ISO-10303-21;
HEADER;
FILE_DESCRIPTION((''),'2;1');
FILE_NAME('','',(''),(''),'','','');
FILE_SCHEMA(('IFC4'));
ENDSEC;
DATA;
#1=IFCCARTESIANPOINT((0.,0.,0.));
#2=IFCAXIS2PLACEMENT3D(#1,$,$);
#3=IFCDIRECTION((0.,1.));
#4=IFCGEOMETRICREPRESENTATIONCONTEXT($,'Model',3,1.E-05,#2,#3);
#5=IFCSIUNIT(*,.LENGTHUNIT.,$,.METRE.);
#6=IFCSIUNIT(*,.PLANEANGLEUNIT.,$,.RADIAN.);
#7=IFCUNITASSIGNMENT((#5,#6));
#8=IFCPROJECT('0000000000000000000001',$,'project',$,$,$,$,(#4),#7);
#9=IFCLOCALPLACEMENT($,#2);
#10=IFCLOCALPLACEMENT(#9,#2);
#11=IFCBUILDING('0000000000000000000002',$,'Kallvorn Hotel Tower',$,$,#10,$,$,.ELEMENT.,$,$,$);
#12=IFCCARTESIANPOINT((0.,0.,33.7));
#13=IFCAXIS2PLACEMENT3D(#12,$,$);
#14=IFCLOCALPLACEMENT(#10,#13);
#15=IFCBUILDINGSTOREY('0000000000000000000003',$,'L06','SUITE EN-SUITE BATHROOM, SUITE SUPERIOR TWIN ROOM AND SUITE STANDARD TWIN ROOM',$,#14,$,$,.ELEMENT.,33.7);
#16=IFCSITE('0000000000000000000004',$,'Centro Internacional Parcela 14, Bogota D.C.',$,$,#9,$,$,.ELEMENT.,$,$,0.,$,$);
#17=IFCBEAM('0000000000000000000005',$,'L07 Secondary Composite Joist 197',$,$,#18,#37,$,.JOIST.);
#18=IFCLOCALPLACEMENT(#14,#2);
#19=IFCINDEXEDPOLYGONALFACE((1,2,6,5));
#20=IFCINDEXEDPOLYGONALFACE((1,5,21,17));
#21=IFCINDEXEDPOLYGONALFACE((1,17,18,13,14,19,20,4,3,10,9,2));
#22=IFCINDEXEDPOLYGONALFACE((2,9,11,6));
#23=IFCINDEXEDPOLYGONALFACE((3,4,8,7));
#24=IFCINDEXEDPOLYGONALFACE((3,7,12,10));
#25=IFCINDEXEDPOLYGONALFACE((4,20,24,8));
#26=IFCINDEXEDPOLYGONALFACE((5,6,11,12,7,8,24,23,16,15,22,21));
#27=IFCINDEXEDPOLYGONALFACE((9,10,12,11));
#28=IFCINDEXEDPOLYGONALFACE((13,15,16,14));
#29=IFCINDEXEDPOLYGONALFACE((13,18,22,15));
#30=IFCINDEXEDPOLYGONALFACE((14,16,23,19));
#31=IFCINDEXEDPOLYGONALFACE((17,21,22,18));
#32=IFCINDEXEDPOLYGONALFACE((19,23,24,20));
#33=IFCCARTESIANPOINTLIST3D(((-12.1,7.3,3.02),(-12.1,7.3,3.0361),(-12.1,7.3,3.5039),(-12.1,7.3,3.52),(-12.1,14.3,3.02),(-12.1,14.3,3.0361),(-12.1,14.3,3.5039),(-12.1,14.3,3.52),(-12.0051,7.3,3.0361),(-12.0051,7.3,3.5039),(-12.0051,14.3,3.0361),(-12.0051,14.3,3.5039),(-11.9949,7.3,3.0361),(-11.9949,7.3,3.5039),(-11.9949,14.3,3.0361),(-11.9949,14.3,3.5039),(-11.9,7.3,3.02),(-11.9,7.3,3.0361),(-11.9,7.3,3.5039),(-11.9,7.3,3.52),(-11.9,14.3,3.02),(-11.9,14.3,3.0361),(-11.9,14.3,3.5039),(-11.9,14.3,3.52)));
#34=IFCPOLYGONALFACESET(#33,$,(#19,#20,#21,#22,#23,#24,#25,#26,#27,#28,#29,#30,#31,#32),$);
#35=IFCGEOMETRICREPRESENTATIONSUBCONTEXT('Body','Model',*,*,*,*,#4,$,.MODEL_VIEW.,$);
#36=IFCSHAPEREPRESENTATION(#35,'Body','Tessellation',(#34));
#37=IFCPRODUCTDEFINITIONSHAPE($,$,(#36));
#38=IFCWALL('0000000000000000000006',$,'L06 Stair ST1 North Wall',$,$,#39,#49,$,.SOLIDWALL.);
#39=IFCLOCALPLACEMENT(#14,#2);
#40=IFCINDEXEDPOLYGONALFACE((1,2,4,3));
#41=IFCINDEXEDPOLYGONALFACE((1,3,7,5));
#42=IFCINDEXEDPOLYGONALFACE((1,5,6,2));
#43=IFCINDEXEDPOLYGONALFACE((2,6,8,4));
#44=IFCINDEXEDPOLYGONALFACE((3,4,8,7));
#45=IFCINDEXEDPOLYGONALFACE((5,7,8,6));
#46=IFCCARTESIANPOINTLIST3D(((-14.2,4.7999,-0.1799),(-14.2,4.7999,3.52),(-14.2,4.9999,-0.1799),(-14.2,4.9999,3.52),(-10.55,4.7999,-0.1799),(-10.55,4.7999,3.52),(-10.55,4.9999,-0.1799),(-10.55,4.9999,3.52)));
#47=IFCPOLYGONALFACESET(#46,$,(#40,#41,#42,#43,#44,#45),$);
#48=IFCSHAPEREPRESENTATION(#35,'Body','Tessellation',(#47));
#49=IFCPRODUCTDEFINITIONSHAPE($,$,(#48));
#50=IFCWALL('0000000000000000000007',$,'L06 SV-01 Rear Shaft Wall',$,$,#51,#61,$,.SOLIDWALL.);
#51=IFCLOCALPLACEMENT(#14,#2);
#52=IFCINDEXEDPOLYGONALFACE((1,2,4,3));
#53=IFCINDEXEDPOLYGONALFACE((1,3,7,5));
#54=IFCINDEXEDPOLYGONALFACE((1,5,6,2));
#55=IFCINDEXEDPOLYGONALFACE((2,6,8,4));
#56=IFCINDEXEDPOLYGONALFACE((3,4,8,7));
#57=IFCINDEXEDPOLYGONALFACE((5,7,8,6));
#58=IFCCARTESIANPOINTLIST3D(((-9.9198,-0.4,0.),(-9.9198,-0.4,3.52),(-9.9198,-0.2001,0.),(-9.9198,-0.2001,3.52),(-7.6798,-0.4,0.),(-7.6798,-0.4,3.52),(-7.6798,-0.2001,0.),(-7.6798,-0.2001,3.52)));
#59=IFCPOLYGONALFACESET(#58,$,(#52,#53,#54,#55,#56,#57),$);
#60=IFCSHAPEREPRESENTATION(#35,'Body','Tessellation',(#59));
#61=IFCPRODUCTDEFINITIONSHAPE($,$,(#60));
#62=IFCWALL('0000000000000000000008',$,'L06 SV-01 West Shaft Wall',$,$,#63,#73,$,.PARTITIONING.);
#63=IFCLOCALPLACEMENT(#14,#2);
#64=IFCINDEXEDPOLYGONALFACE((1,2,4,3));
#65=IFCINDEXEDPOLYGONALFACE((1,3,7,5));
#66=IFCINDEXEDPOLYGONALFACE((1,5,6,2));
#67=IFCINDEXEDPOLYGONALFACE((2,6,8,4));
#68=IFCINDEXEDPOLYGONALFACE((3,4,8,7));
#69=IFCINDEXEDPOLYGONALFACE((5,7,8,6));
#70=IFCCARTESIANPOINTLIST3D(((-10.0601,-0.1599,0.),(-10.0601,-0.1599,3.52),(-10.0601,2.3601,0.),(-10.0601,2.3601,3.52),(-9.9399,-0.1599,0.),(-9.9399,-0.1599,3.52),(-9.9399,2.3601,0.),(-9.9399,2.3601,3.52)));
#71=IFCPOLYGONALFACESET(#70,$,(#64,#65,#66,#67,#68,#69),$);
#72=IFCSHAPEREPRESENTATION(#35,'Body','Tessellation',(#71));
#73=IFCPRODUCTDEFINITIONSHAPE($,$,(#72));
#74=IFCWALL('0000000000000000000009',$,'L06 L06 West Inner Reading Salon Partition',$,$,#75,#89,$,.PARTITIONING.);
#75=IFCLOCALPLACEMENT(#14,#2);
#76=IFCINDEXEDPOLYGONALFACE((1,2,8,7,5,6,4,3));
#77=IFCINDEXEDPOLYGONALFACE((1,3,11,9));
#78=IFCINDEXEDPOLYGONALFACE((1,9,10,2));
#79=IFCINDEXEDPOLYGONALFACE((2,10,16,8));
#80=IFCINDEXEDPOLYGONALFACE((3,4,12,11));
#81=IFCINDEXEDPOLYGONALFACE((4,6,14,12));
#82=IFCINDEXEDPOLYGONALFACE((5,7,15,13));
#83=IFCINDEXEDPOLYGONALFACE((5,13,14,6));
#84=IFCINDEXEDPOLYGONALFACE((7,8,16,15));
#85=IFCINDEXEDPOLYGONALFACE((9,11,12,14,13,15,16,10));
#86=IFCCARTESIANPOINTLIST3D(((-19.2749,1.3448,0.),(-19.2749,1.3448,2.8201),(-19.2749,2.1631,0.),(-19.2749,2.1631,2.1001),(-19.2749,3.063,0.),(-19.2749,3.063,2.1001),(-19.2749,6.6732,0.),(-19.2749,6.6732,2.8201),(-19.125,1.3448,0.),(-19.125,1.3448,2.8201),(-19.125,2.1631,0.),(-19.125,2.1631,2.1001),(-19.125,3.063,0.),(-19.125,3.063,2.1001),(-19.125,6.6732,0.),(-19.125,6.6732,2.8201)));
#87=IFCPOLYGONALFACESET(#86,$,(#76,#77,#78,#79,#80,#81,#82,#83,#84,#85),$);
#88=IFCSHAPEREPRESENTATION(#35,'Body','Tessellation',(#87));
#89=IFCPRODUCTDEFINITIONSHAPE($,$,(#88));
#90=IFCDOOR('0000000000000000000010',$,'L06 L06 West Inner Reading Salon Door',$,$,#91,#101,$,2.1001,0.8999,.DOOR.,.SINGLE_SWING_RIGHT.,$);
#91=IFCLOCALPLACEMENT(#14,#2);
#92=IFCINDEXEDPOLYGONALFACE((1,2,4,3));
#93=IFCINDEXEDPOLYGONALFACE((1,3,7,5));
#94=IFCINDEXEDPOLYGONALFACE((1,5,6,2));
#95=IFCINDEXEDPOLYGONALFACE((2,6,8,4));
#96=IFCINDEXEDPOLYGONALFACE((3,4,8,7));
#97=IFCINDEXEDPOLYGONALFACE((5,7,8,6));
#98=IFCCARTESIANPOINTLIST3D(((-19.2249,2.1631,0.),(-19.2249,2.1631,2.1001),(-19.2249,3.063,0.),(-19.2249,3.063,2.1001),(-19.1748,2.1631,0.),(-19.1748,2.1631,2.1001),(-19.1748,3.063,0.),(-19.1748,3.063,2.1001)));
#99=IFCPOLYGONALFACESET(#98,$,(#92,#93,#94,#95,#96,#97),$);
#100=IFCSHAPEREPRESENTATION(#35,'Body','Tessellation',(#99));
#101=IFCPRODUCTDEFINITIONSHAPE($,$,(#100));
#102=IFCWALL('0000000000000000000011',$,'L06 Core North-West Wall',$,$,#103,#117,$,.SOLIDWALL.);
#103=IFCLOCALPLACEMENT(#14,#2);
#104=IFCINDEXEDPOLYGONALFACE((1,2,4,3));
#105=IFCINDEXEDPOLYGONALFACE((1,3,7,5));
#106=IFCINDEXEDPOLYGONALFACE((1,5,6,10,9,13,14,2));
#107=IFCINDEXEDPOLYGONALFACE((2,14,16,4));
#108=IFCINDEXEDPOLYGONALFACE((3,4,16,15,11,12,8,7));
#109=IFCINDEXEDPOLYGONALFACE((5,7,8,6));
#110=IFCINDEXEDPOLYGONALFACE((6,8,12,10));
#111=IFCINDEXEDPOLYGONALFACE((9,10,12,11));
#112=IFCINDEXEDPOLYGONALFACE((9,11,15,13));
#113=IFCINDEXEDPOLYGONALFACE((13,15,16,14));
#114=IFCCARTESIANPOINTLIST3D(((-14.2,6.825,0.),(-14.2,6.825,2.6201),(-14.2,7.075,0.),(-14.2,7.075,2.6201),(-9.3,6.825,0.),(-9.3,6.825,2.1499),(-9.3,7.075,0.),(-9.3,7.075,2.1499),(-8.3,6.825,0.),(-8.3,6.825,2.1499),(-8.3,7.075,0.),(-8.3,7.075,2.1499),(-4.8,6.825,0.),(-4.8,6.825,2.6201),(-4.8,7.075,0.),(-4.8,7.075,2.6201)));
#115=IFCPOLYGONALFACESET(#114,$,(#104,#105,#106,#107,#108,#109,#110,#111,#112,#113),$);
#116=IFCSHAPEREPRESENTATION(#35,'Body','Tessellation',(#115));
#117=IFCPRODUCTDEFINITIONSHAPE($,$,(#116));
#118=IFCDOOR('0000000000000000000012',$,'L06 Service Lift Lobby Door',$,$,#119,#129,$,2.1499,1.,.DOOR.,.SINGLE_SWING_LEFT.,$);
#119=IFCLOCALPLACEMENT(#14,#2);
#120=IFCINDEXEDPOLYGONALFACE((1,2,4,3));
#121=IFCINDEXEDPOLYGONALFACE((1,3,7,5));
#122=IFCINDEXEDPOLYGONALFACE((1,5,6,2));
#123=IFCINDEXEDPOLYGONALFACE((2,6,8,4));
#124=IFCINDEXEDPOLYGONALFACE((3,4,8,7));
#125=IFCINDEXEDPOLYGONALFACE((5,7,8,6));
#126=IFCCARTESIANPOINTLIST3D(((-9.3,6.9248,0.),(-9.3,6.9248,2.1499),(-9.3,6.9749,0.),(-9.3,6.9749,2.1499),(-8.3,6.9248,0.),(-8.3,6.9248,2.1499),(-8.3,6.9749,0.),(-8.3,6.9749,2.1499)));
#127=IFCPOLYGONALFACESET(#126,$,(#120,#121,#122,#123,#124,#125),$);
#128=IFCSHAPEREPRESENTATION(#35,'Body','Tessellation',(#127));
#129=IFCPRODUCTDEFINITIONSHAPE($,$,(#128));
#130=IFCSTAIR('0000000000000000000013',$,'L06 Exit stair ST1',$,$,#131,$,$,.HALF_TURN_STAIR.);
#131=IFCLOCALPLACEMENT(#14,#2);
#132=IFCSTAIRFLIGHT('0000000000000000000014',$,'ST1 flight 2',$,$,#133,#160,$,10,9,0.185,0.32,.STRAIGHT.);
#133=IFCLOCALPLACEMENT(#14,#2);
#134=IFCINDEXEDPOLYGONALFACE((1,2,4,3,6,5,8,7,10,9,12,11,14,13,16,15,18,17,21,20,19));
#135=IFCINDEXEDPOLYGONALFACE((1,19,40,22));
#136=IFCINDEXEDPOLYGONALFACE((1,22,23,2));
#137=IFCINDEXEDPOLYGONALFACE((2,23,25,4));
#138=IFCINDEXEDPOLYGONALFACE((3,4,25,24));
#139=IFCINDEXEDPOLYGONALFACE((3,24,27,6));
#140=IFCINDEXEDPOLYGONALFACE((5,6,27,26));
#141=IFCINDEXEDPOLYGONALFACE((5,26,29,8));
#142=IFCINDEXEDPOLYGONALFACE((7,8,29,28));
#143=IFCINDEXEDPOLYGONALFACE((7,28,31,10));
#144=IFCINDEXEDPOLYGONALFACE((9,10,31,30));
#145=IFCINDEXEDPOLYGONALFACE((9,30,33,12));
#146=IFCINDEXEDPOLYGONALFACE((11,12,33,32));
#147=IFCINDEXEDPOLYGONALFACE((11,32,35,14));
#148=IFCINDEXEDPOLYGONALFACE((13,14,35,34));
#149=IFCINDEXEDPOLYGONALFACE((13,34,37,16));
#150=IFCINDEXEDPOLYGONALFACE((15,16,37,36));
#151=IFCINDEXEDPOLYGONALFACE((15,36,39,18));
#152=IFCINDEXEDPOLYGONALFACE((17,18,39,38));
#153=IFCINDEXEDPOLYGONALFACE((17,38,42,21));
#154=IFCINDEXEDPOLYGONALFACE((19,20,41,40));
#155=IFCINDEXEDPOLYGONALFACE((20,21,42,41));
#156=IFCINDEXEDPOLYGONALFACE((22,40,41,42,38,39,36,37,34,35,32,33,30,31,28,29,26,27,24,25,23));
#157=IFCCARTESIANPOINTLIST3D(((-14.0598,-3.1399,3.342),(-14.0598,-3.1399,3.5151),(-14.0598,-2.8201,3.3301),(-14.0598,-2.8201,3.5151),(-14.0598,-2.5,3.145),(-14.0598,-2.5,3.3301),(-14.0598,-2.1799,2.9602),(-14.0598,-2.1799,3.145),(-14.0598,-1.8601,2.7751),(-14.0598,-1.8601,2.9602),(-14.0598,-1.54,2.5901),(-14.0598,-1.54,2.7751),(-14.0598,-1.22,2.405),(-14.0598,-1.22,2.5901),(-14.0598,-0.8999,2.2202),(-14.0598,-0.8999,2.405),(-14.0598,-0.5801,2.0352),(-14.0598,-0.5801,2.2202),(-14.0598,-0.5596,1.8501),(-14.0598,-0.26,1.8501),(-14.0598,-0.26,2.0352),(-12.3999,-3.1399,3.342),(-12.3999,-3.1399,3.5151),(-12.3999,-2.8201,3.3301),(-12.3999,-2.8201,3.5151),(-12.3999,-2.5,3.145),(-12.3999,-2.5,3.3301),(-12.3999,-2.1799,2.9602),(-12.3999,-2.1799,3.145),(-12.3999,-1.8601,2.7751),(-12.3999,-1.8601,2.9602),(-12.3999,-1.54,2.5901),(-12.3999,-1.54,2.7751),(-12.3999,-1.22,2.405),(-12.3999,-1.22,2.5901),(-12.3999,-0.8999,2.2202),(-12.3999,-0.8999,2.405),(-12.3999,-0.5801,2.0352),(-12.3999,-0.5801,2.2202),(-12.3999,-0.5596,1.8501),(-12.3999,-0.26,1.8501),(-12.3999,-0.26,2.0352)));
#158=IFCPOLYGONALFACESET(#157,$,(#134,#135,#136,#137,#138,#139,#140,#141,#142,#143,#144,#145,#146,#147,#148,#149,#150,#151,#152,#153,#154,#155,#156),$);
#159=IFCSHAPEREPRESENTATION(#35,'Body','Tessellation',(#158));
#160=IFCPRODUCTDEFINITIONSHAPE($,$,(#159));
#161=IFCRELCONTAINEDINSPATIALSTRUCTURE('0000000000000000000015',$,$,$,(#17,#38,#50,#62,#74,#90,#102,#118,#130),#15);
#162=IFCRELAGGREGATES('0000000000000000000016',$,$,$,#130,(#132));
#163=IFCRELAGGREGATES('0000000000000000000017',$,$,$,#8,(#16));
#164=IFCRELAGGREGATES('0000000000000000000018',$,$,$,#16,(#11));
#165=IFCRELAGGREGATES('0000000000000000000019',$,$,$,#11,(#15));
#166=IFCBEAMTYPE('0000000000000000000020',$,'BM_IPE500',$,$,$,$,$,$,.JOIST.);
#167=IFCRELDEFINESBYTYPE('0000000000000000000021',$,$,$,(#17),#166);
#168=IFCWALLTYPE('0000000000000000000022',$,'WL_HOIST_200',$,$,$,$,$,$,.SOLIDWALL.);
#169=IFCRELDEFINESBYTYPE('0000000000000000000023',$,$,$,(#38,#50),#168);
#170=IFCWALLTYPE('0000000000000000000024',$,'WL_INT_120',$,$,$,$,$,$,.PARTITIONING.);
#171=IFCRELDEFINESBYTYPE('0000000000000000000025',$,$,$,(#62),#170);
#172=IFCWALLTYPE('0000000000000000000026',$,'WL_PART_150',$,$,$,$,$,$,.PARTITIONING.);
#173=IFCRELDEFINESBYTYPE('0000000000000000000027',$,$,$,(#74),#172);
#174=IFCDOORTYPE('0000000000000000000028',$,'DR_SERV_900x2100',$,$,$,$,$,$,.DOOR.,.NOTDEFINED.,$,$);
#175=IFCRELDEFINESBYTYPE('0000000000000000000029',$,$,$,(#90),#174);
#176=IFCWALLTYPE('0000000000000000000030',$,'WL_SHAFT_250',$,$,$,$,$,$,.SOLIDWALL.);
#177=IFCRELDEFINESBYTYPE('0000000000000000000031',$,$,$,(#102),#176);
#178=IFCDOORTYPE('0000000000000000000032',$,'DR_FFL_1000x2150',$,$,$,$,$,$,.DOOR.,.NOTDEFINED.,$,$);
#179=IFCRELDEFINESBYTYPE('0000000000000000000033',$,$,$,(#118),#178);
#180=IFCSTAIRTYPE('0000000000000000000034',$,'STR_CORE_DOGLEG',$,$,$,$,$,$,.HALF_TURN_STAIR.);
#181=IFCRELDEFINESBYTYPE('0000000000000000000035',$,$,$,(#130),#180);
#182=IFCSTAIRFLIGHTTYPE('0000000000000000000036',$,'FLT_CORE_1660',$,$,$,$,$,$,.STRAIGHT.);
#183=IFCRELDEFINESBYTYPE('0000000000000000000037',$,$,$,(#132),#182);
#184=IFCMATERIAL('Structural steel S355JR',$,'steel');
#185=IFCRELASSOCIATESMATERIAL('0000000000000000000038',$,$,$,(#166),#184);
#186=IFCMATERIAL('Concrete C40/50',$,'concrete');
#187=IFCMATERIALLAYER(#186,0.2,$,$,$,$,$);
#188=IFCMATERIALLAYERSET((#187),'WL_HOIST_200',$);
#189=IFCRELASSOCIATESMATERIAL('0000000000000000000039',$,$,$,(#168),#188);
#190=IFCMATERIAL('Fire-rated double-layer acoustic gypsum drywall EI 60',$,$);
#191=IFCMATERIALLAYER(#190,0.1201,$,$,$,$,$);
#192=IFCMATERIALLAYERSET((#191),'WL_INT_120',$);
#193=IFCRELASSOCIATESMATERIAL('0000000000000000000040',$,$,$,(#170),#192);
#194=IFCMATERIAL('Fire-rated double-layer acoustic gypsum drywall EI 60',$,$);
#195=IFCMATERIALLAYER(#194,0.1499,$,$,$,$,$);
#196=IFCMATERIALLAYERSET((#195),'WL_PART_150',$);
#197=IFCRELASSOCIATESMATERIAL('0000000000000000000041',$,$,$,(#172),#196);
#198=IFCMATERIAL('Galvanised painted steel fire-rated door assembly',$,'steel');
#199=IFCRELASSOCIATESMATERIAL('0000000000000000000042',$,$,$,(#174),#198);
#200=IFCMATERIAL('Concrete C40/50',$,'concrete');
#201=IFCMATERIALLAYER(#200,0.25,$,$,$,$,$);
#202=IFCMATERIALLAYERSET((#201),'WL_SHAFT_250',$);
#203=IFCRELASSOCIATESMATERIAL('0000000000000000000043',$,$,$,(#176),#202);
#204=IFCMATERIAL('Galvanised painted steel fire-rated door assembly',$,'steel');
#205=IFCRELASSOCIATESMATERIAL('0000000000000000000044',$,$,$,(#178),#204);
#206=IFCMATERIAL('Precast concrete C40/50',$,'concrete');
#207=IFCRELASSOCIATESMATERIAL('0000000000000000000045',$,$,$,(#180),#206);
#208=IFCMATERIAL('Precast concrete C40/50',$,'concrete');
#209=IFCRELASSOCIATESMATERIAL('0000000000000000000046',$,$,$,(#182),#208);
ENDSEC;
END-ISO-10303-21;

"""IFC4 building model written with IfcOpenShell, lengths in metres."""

from ifc_helpers import new_model, si_unit, direction, frame, frame_2d, origin, origin_2d, place, context, subcontext, project, spatial, polyline, rectangle, i_section, outline, extrude, material, layer, layer_set, material_profile, profile_set, type_object, element, fill, aggregate, save


model = new_model("IFC4")

# Units and contexts
model_context = context("Model", 3, precision=1e-05, world=origin(), true_north=direction((0.0, 1.0)))
body_context = subcontext(model_context, "Body", "Model", "MODEL_VIEW")
ifc_project = project(units=[si_unit("LENGTHUNIT", "METRE"), si_unit("PLANEANGLEUNIT", "RADIAN")], contexts=[model_context])

# Site, building, storey
site_placement = place(None, origin())
site = spatial("IfcSite", under=ifc_project, at=site_placement, Name="Centro Internacional Parcela 14, Bogota D.C.", CompositionType="ELEMENT", RefElevation=0.0)
building_placement = place(site_placement, origin())
building = spatial("IfcBuilding", under=site, at=building_placement, Name="Kallvorn Hotel Tower", CompositionType="ELEMENT")
storey_placement = place(building_placement, frame((0.0, 0.0, 33.7)))
storey = spatial("IfcBuildingStorey", under=building, at=storey_placement, Name="L06", Description="SUITE EN-SUITE BATHROOM, SUITE SUPERIOR TWIN ROOM AND SUITE STANDARD TWIN ROOM", CompositionType="ELEMENT", Elevation=33.7)

# Beam
ifc_material_1 = material(Name="Structural steel S355JR", Category="steel")
ifc_material_profile_1 = material_profile(ifc_material_1, i_section(OverallWidth=0.2, OverallDepth=0.5, WebThickness=0.0103, FlangeThickness=0.0161, at=origin_2d()), Name="IPE 500")
ifc_profile_set_1 = profile_set([ifc_material_profile_1], Name="Structural steel S355JR")
beam_type_1 = type_object("IfcBeamType", Name="BM_IPE500", PredefinedType="JOIST", material=ifc_profile_set_1)
for number, where, z_axis, x_axis, name in (
    (1, (-12.0, 7.3, 3.27), (0.0, 1.0, 0.0), (-1.0, 0.0, 0.0), "L07 Secondary Composite Joist 197"),
):
    element("IfcBeam", number, at=place(storey_placement, frame(where, z_axis=z_axis, x_axis=x_axis)), inside=storey, type_object=beam_type_1, Name=name, PredefinedType="JOIST", context=body_context, shape_type="SweptSolid", body=[
        extrude(i_section(OverallWidth=0.2, OverallDepth=0.5, WebThickness=0.0103, FlangeThickness=0.0161, at=origin_2d()), origin(), (0.0, 0.0, 1.0), 7.0),
    ])

# Walls
ifc_material_2 = material(Name="Concrete C40/50", Category="concrete")
ifc_layer_1 = layer(ifc_material_2, 0.2)
ifc_layer_set_1 = layer_set([ifc_layer_1], Name="WL_HOIST_200")
wall_type_1 = type_object("IfcWallType", Name="WL_HOIST_200", PredefinedType="SOLIDWALL", material=ifc_layer_set_1)
wall_1_placement = place(storey_placement, frame((-14.2, 4.8999, -0.1799), z_axis=(0.0, 0.0, 1.0), x_axis=(1.0, 0.0, 0.0)))
element("IfcWall", 2, at=wall_1_placement, inside=storey, type_object=wall_type_1, Name="L06 Stair ST1 North Wall", PredefinedType="SOLIDWALL", context=body_context, shape_type="SweptSolid", body=[
    extrude(rectangle(XDim=3.6499, YDim=0.2, at=frame_2d((1.825, 0.0))), origin(), (0.0, 0.0, 1.0), 3.7),
])
wall_2_placement = place(storey_placement, frame((-9.9199, -0.3, 0.0), z_axis=(0.0, 0.0, 1.0), x_axis=(1.0, 0.0, 0.0)))
element("IfcWall", 3, at=wall_2_placement, inside=storey, type_object=wall_type_1, Name="L06 SV-01 Rear Shaft Wall", PredefinedType="SOLIDWALL", context=body_context, shape_type="SweptSolid", body=[
    extrude(rectangle(XDim=2.24, YDim=0.2, at=frame_2d((1.1201, 0.0))), origin(), (0.0, 0.0, 1.0), 3.52),
])
ifc_material_3 = material(Name="Fire-rated double-layer acoustic gypsum drywall EI 60")
ifc_layer_2 = layer(ifc_material_3, 0.1201)
ifc_layer_set_2 = layer_set([ifc_layer_2], Name="WL_INT_120")
wall_type_2 = type_object("IfcWallType", Name="WL_INT_120", PredefinedType="PARTITIONING", material=ifc_layer_set_2)
wall_3_placement = place(storey_placement, frame((-10.0, -0.1599, 0.0), z_axis=(0.0, 0.0, 1.0), x_axis=(0.0, 1.0, 0.0)))
element("IfcWall", 4, at=wall_3_placement, inside=storey, type_object=wall_type_2, Name="L06 SV-01 West Shaft Wall", PredefinedType="PARTITIONING", context=body_context, shape_type="SweptSolid", body=[
    extrude(rectangle(XDim=2.52, YDim=0.1201, at=frame_2d((1.26, 0.0))), origin(), (0.0, 0.0, 1.0), 3.52),
])

# Walls, openings, doors
ifc_material_4 = material(Name="Fire-rated double-layer acoustic gypsum drywall EI 60")
ifc_layer_3 = layer(ifc_material_4, 0.1499)
ifc_layer_set_3 = layer_set([ifc_layer_3], Name="WL_PART_150")
wall_type_3 = type_object("IfcWallType", Name="WL_PART_150", PredefinedType="PARTITIONING", material=ifc_layer_set_3)
wall_4_placement = place(storey_placement, frame((-19.2, 1.345, 0.0), z_axis=(0.0, 0.0, 1.0), x_axis=(0.0, 1.0, 0.0)))
wall_4 = element("IfcWall", 5, at=wall_4_placement, inside=storey, type_object=wall_type_3, Name="L06 L06 West Inner Reading Salon Partition", PredefinedType="PARTITIONING", context=body_context, shape_type="SweptSolid", body=[
    extrude(rectangle(XDim=5.3284, YDim=0.1499, at=frame_2d((2.6641, 0.0))), origin(), (0.0, 0.0, 1.0), 2.8201),
])
opening_1_placement = place(wall_4_placement, frame((0.8181, 0.0, 0.0)))
opening_1 = element("IfcOpeningElement", 6, at=opening_1_placement, cuts=wall_4, PredefinedType="OPENING", context=body_context, shape_type="SweptSolid", body=[
    extrude(rectangle(XDim=0.8999, YDim=2.1001, at=frame_2d((0.45, 1.05))), frame((0.0, 0.0898, 0.0), z_axis=(0.0, -1.0, 0.0), x_axis=(1.0, 0.0, 0.0)), (0.0, 0.0, 1.0), 0.1799),
])
ifc_material_5 = material(Name="Galvanised painted steel fire-rated door assembly", Category="steel")
door_type_1 = type_object("IfcDoorType", Name="DR_SERV_900x2100", OperationType="NOTDEFINED", PredefinedType="DOOR", material=ifc_material_5)
door_1_placement = place(opening_1_placement, origin())
door_1 = element("IfcDoor", 7, at=door_1_placement, inside=storey, type_object=door_type_1, Name="L06 L06 West Inner Reading Salon Door", OperationType="SINGLE_SWING_RIGHT", OverallHeight=2.1001, OverallWidth=0.8999, PredefinedType="DOOR", context=body_context, shape_type="SweptSolid", body=[
    extrude(rectangle(XDim=0.8999, YDim=2.1001, at=frame_2d((0.45, 1.05))), frame((0.0, 0.0249, 0.0), z_axis=(0.0, -1.0, 0.0), x_axis=(1.0, 0.0, 0.0)), (0.0, 0.0, 1.0), 0.05),
])
fill(opening_1, door_1)
ifc_material_6 = material(Name="Concrete C40/50", Category="concrete")
ifc_layer_4 = layer(ifc_material_6, 0.25)
ifc_layer_set_4 = layer_set([ifc_layer_4], Name="WL_SHAFT_250")
wall_type_4 = type_object("IfcWallType", Name="WL_SHAFT_250", PredefinedType="SOLIDWALL", material=ifc_layer_set_4)
wall_5_placement = place(storey_placement, frame((-14.2, 6.95, 0.0), z_axis=(0.0, 0.0, 1.0), x_axis=(1.0, 0.0, 0.0)))
wall_5 = element("IfcWall", 8, at=wall_5_placement, inside=storey, type_object=wall_type_4, Name="L06 Core North-West Wall", PredefinedType="SOLIDWALL", context=body_context, shape_type="SweptSolid", body=[
    extrude(rectangle(XDim=9.3999, YDim=0.25, at=frame_2d((4.7, 0.0))), origin(), (0.0, 0.0, 1.0), 2.6201),
])
opening_2_placement = place(wall_5_placement, frame((4.8999, 0.0, 0.0)))
opening_2 = element("IfcOpeningElement", 9, at=opening_2_placement, cuts=wall_5, PredefinedType="OPENING", context=body_context, shape_type="SweptSolid", body=[
    extrude(rectangle(XDim=1.0, YDim=2.1499, at=frame_2d((0.5, 1.075))), frame((0.0, 0.1399, 0.0), z_axis=(0.0, -1.0, 0.0), x_axis=(1.0, 0.0, 0.0)), (0.0, 0.0, 1.0), 0.28),
])
ifc_material_7 = material(Name="Galvanised painted steel fire-rated door assembly", Category="steel")
door_type_2 = type_object("IfcDoorType", Name="DR_FFL_1000x2150", OperationType="NOTDEFINED", PredefinedType="DOOR", material=ifc_material_7)
door_2_placement = place(opening_2_placement, origin())
door_2 = element("IfcDoor", 10, at=door_2_placement, inside=storey, type_object=door_type_2, Name="L06 Service Lift Lobby Door", OperationType="SINGLE_SWING_LEFT", OverallHeight=2.1499, OverallWidth=1.0, PredefinedType="DOOR", context=body_context, shape_type="SweptSolid", body=[
    extrude(rectangle(XDim=1.0, YDim=2.1499, at=frame_2d((0.5, 1.075))), frame((0.0, 0.0249, 0.0), z_axis=(0.0, -1.0, 0.0), x_axis=(1.0, 0.0, 0.0)), (0.0, 0.0, 1.0), 0.05),
])
fill(opening_2, door_2)

# Stair, stair flight
ifc_material_8 = material(Name="Precast concrete C40/50", Category="concrete")
stair_type = type_object("IfcStairType", Name="STR_CORE_DOGLEG", PredefinedType="HALF_TURN_STAIR", material=ifc_material_8)
stair_placement = place(storey_placement, origin())
stair = element("IfcStair", 11, at=stair_placement, inside=storey, type_object=stair_type, Name="L06 Exit stair ST1", PredefinedType="HALF_TURN_STAIR")
ifc_material_9 = material(Name="Precast concrete C40/50", Category="concrete")
stair_flight_type = type_object("IfcStairFlightType", Name="FLT_CORE_1660", PredefinedType="STRAIGHT", material=ifc_material_9)
stair_flight_placement = place(storey_placement, frame((-13.23, -0.26, 1.8501), z_axis=(0.0, 0.0, 1.0), x_axis=(0.0, -1.0, 0.0)))
stair_flight = element("IfcStairFlight", 12, at=stair_flight_placement, type_object=stair_flight_type, Name="ST1 flight 2", NumberOfRisers=10, NumberOfTreads=9, PredefinedType="STRAIGHT", RiserHeight=0.185, TreadLength=0.32, context=body_context, shape_type="SweptSolid", body=[
    extrude(outline(polyline([(0.0, 0.0), (0.0, 0.1851), (0.3201, 0.1851), (0.3201, 0.3701), (0.6399, 0.3701), (0.6399, 0.5549), (0.96, 0.5549), (0.96, 0.74), (1.28, 0.74), (1.28, 0.925), (1.6001, 0.925), (1.6001, 1.1101), (1.9199, 1.1101), (1.9199, 1.2949), (2.24, 1.2949), (2.24, 1.48), (2.5601, 1.48), (2.5601, 1.665), (2.8799, 1.665), (2.8799, 1.8501), (2.8799, 1.4919), (0.2996, 0.0), (0.0, 0.0)])), frame((0.0, 0.8301, 0.0), z_axis=(0.0, -1.0, 0.0), x_axis=(1.0, 0.0, 0.0)), (0.0, 0.0, 1.0), 1.6599),
])
aggregate(stair, [stair_flight])

save(model, "model.ifc")
